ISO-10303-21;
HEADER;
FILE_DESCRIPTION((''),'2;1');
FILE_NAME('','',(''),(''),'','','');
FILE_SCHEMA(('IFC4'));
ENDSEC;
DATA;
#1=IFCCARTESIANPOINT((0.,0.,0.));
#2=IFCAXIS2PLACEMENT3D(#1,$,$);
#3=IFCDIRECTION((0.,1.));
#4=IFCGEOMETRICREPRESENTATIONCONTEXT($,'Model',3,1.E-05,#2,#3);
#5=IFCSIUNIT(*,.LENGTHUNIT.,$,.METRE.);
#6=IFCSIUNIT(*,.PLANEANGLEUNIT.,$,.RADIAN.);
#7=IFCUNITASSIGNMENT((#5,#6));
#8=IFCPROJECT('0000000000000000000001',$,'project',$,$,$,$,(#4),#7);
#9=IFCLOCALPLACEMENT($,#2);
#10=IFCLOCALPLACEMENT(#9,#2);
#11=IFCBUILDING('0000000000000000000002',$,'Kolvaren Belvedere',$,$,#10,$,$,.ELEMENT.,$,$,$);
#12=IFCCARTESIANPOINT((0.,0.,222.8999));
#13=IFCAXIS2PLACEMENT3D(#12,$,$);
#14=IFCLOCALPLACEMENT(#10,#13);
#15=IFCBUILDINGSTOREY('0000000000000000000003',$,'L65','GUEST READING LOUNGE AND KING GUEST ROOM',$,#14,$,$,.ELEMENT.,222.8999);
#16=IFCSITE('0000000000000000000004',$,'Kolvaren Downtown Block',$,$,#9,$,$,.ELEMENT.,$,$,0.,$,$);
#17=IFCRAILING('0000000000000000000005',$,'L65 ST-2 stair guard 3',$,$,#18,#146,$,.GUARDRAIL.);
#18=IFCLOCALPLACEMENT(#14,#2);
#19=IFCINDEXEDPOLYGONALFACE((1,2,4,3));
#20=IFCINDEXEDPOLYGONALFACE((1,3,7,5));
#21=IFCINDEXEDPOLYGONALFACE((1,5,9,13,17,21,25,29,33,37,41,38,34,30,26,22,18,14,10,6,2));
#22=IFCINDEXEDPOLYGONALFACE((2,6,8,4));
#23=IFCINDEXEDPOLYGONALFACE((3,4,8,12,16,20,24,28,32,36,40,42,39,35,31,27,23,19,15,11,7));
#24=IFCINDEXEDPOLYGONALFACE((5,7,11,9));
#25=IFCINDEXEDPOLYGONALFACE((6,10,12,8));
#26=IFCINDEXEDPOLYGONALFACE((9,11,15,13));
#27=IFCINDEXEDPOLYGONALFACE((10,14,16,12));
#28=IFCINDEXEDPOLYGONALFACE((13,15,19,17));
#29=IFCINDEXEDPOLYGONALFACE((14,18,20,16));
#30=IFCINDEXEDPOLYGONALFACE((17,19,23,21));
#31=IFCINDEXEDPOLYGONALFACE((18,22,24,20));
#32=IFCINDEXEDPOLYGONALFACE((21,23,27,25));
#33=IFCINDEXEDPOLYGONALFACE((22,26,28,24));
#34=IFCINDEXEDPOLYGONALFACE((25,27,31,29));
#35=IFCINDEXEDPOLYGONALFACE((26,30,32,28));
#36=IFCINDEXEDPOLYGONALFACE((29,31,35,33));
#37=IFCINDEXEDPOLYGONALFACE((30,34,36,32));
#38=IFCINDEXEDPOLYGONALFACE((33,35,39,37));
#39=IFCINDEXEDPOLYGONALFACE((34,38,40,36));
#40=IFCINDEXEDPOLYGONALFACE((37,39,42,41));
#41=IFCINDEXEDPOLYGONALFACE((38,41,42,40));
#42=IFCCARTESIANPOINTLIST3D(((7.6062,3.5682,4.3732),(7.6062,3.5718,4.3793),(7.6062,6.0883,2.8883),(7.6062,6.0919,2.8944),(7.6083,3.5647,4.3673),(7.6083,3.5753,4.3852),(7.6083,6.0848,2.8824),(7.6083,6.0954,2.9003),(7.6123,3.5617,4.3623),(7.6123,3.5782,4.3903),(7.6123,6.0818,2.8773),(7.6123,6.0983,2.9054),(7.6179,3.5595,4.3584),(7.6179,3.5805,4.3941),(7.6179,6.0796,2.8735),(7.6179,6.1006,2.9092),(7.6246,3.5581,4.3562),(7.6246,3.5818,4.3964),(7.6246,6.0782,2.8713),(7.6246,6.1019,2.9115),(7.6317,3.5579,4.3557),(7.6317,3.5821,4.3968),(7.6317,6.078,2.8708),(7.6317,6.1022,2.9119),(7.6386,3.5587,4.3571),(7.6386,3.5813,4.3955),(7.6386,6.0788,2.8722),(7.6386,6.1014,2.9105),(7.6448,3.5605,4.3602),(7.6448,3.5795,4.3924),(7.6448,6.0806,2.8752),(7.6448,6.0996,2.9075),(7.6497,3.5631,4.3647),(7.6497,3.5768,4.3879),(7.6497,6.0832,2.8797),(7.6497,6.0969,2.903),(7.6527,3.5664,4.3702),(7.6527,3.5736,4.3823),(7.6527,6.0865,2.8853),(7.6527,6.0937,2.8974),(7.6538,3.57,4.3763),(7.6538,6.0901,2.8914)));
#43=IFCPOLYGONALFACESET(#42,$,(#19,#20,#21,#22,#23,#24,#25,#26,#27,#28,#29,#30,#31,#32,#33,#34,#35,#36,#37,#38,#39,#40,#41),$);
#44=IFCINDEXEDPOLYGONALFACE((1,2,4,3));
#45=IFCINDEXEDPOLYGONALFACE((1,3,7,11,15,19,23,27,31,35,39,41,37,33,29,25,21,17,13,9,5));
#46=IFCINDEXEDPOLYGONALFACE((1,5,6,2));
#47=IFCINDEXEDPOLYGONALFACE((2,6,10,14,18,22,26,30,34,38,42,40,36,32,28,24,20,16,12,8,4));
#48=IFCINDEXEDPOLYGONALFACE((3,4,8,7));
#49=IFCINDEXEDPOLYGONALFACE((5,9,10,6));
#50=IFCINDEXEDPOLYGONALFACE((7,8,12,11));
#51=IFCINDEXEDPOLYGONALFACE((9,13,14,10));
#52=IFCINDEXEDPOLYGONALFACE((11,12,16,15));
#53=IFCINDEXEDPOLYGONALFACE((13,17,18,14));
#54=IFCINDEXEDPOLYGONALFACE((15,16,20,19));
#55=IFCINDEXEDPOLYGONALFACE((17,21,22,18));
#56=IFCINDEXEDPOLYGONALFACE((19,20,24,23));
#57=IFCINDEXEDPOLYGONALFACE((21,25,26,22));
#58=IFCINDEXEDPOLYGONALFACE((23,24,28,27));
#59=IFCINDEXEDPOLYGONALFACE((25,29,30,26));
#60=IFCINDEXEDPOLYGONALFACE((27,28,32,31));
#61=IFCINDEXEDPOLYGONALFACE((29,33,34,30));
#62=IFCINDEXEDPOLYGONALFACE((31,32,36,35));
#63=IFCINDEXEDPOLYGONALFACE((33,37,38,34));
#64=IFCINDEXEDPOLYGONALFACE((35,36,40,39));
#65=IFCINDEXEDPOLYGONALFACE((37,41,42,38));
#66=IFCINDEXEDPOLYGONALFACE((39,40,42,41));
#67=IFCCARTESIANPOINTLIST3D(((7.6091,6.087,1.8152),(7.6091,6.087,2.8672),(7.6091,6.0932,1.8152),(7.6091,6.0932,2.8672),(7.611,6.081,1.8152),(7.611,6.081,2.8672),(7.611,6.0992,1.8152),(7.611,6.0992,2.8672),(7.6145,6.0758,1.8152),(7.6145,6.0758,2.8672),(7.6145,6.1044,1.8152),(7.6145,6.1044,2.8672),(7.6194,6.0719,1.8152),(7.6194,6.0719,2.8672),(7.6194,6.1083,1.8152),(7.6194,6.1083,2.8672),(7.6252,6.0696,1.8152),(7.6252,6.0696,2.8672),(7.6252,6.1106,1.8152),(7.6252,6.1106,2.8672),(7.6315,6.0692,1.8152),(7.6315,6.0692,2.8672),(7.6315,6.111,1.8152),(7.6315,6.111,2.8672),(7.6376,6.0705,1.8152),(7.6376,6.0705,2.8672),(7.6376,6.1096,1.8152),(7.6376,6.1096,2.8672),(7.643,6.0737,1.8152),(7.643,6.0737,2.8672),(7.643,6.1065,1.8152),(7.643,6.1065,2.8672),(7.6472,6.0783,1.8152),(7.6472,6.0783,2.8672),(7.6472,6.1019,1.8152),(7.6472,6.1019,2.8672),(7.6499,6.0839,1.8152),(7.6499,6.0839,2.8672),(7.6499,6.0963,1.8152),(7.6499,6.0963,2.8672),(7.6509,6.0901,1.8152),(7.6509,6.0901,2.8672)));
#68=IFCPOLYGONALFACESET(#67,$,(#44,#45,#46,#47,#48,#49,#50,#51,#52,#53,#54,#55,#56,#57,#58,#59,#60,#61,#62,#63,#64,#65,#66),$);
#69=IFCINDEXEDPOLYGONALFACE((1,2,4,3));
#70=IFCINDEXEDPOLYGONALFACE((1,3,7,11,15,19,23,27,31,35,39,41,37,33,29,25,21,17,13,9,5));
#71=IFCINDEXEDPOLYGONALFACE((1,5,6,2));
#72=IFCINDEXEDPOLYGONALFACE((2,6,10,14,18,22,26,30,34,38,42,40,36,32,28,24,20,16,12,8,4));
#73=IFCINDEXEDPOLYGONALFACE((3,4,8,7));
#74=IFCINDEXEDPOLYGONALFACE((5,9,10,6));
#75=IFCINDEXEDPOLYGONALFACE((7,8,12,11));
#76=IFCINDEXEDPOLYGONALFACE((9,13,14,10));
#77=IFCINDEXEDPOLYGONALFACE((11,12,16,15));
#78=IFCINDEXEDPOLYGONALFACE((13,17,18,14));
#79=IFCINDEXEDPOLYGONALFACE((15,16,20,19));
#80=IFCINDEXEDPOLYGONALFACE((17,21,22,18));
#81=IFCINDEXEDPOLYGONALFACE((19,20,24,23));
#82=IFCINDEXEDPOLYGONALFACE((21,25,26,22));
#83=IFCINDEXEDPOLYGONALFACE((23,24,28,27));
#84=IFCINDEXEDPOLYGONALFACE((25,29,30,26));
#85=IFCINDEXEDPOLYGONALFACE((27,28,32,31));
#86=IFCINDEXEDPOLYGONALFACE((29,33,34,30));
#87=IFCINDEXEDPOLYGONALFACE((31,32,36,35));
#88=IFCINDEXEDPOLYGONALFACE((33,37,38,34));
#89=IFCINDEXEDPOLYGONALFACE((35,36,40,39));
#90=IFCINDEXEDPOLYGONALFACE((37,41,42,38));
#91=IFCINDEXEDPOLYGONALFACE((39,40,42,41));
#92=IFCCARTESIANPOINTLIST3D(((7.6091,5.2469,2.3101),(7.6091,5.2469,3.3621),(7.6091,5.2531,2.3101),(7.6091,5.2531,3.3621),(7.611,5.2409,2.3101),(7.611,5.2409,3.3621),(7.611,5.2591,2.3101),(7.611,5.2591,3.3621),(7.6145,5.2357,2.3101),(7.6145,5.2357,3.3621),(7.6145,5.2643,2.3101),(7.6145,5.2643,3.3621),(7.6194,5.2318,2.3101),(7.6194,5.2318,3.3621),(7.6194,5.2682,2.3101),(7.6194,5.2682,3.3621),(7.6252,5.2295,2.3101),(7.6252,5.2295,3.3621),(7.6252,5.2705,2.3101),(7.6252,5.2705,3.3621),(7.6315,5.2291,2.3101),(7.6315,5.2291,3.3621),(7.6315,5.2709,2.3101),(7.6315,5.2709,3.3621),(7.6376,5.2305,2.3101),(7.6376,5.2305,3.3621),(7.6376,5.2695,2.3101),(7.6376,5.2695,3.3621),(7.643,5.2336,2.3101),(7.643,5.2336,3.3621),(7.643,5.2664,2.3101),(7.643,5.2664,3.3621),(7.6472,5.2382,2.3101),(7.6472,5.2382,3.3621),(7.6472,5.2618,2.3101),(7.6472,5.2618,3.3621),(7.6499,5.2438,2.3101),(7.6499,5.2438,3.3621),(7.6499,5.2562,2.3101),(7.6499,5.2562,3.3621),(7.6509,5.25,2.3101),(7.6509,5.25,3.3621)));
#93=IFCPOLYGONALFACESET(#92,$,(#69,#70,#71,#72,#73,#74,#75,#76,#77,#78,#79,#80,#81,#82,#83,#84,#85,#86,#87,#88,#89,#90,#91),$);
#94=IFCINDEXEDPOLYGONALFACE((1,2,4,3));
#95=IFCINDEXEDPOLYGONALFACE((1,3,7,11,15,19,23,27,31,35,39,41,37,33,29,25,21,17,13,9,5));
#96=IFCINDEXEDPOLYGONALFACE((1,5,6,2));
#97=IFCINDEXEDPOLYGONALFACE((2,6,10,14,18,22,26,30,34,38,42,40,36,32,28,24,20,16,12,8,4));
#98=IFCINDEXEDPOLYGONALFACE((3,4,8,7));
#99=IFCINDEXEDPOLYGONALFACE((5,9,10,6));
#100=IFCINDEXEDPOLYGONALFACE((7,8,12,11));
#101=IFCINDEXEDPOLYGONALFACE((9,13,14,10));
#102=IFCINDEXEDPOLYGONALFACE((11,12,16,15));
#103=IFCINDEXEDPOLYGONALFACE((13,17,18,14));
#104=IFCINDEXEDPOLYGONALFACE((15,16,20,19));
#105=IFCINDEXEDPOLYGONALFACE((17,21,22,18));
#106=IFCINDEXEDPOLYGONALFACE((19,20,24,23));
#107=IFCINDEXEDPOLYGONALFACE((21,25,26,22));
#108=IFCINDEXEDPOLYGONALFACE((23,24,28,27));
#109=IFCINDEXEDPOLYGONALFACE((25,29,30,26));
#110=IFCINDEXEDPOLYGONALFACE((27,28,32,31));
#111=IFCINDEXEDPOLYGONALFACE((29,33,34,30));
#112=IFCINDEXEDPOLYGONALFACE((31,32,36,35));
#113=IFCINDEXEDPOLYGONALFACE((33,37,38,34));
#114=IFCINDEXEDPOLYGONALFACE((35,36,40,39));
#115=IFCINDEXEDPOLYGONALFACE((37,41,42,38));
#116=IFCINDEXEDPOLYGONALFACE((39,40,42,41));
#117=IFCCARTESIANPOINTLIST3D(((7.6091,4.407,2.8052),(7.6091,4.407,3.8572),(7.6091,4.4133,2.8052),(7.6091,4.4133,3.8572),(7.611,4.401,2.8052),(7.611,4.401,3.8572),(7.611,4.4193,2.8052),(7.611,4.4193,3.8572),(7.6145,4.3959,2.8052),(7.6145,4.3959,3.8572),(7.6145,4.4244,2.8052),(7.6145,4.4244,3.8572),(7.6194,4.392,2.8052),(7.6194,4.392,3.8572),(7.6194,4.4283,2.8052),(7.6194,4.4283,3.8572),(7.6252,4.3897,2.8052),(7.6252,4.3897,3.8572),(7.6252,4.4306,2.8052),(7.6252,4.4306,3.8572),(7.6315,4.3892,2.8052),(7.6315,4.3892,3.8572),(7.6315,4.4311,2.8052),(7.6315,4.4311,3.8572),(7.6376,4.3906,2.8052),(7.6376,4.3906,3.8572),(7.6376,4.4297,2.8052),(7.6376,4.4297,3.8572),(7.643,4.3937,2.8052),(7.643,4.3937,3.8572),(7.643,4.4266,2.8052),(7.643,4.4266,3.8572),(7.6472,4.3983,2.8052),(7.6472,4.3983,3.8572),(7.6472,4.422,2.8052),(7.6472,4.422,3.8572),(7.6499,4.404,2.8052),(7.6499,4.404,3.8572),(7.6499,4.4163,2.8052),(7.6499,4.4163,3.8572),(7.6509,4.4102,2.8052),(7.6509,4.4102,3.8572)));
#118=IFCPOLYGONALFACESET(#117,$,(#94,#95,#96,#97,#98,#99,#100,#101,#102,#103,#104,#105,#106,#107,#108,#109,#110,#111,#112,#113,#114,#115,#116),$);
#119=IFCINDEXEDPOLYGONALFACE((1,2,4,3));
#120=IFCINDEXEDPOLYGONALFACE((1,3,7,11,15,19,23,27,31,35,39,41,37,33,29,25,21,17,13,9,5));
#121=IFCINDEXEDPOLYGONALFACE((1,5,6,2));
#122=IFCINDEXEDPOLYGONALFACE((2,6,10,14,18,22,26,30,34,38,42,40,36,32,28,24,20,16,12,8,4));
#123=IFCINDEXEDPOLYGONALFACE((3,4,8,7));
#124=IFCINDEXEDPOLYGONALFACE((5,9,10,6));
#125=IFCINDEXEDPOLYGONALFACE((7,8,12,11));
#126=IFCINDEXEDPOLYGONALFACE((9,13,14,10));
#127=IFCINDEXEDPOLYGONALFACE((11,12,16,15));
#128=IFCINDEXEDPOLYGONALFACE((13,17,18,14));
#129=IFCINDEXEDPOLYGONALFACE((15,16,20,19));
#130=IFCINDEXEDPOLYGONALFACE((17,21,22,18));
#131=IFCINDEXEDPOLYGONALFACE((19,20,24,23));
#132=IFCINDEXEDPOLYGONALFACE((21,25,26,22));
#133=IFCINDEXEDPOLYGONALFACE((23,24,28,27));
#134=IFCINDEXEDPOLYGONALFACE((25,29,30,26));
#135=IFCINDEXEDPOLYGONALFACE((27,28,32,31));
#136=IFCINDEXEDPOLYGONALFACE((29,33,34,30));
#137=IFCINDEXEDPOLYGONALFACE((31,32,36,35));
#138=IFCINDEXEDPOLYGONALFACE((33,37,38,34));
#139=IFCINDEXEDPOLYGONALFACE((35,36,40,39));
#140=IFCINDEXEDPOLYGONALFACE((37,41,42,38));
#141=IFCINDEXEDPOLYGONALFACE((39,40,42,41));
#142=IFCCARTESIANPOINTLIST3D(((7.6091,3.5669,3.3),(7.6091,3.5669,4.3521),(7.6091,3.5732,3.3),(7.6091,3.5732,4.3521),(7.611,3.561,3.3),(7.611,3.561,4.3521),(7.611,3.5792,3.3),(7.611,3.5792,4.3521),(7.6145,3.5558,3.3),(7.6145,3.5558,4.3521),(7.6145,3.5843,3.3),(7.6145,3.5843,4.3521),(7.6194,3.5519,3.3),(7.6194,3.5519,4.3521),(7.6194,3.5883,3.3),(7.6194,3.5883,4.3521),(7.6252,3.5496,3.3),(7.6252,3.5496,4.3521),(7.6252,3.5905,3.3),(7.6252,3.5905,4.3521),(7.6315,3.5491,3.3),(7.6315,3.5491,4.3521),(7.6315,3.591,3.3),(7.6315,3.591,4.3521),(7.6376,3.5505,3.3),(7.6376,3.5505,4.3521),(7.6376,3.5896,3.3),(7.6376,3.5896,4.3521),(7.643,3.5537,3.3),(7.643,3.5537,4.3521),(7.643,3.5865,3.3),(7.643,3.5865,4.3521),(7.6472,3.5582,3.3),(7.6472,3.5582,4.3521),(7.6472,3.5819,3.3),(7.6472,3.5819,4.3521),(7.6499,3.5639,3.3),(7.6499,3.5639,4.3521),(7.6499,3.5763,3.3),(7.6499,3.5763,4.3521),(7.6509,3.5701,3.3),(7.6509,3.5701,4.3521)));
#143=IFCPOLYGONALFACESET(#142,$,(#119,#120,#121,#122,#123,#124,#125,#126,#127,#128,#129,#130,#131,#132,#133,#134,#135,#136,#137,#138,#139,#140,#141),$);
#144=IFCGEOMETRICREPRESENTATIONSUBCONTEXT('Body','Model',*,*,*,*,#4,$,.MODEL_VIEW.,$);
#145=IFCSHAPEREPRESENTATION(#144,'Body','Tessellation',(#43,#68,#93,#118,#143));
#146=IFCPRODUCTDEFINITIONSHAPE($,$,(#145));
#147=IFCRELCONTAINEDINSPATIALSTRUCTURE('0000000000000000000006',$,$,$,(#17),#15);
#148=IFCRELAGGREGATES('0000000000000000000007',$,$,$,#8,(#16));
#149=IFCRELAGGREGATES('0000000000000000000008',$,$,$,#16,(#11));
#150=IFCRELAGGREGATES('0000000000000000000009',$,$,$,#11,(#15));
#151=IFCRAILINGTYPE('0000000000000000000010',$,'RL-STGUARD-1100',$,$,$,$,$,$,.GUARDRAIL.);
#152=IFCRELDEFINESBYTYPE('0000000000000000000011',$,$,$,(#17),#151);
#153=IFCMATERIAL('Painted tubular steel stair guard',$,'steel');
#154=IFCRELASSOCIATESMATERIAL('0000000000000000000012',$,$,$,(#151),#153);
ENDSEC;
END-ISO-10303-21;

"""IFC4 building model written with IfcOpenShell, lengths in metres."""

from ifc_helpers import new_model, si_unit, direction, frame, origin, origin_2d, place, context, subcontext, project, spatial, circle, extrude, material, type_object, element, save


model = new_model("IFC4")

# Units and contexts
model_context = context("Model", 3, precision=1e-05, world=origin(), true_north=direction((0.0, 1.0)))
body_context = subcontext(model_context, "Body", "Model", "MODEL_VIEW")
ifc_project = project(units=[si_unit("LENGTHUNIT", "METRE"), si_unit("PLANEANGLEUNIT", "RADIAN")], contexts=[model_context])

# Site, building, storey
site_placement = place(None, origin())
site = spatial("IfcSite", under=ifc_project, at=site_placement, Name="Kolvaren Downtown Block", CompositionType="ELEMENT", RefElevation=0.0)
building_placement = place(site_placement, origin())
building = spatial("IfcBuilding", under=site, at=building_placement, Name="Kolvaren Belvedere", CompositionType="ELEMENT")
storey_placement = place(building_placement, frame((0.0, 0.0, 222.8999)))
storey = spatial("IfcBuildingStorey", under=building, at=storey_placement, Name="L65", Description="GUEST READING LOUNGE AND KING GUEST ROOM", CompositionType="ELEMENT", Elevation=222.8999)

# Railing
ifc_material_1 = material(Name="Painted tubular steel stair guard", Category="steel")
railing_type_1 = type_object("IfcRailingType", Name="RL-STGUARD-1100", PredefinedType="GUARDRAIL", material=ifc_material_1)
railing_1_placement = place(storey_placement, frame((7.6299, 6.0901, 1.8152)))
element("IfcRailing", 1, at=railing_1_placement, inside=storey, type_object=railing_type_1, Name="L65 ST-2 stair guard 3", PredefinedType="GUARDRAIL", context=body_context, shape_type="SweptSolid", body=[
    extrude(circle(Radius=0.0239, at=origin_2d()), frame((0.0, 0.0, 1.0762), z_axis=(0.0, -0.861561, 0.507655), x_axis=(1.0, 0.0, 0.0)), (0.0, 0.0, 1.0), 2.925),
    extrude(circle(Radius=0.021, at=origin_2d()), origin(), (0.0, 0.0, 1.0), 1.052),
    extrude(circle(Radius=0.021, at=origin_2d()), frame((0.0, -0.8401, 0.4949)), (0.0, 0.0, 1.0), 1.052),
    extrude(circle(Radius=0.021, at=origin_2d()), frame((0.0, -1.6799, 0.99)), (0.0, 0.0, 1.0), 1.052),
    extrude(circle(Radius=0.021, at=origin_2d()), frame((0.0, -2.52, 1.4849)), (0.0, 0.0, 1.0), 1.052),
])

save(model, "model.ifc")
